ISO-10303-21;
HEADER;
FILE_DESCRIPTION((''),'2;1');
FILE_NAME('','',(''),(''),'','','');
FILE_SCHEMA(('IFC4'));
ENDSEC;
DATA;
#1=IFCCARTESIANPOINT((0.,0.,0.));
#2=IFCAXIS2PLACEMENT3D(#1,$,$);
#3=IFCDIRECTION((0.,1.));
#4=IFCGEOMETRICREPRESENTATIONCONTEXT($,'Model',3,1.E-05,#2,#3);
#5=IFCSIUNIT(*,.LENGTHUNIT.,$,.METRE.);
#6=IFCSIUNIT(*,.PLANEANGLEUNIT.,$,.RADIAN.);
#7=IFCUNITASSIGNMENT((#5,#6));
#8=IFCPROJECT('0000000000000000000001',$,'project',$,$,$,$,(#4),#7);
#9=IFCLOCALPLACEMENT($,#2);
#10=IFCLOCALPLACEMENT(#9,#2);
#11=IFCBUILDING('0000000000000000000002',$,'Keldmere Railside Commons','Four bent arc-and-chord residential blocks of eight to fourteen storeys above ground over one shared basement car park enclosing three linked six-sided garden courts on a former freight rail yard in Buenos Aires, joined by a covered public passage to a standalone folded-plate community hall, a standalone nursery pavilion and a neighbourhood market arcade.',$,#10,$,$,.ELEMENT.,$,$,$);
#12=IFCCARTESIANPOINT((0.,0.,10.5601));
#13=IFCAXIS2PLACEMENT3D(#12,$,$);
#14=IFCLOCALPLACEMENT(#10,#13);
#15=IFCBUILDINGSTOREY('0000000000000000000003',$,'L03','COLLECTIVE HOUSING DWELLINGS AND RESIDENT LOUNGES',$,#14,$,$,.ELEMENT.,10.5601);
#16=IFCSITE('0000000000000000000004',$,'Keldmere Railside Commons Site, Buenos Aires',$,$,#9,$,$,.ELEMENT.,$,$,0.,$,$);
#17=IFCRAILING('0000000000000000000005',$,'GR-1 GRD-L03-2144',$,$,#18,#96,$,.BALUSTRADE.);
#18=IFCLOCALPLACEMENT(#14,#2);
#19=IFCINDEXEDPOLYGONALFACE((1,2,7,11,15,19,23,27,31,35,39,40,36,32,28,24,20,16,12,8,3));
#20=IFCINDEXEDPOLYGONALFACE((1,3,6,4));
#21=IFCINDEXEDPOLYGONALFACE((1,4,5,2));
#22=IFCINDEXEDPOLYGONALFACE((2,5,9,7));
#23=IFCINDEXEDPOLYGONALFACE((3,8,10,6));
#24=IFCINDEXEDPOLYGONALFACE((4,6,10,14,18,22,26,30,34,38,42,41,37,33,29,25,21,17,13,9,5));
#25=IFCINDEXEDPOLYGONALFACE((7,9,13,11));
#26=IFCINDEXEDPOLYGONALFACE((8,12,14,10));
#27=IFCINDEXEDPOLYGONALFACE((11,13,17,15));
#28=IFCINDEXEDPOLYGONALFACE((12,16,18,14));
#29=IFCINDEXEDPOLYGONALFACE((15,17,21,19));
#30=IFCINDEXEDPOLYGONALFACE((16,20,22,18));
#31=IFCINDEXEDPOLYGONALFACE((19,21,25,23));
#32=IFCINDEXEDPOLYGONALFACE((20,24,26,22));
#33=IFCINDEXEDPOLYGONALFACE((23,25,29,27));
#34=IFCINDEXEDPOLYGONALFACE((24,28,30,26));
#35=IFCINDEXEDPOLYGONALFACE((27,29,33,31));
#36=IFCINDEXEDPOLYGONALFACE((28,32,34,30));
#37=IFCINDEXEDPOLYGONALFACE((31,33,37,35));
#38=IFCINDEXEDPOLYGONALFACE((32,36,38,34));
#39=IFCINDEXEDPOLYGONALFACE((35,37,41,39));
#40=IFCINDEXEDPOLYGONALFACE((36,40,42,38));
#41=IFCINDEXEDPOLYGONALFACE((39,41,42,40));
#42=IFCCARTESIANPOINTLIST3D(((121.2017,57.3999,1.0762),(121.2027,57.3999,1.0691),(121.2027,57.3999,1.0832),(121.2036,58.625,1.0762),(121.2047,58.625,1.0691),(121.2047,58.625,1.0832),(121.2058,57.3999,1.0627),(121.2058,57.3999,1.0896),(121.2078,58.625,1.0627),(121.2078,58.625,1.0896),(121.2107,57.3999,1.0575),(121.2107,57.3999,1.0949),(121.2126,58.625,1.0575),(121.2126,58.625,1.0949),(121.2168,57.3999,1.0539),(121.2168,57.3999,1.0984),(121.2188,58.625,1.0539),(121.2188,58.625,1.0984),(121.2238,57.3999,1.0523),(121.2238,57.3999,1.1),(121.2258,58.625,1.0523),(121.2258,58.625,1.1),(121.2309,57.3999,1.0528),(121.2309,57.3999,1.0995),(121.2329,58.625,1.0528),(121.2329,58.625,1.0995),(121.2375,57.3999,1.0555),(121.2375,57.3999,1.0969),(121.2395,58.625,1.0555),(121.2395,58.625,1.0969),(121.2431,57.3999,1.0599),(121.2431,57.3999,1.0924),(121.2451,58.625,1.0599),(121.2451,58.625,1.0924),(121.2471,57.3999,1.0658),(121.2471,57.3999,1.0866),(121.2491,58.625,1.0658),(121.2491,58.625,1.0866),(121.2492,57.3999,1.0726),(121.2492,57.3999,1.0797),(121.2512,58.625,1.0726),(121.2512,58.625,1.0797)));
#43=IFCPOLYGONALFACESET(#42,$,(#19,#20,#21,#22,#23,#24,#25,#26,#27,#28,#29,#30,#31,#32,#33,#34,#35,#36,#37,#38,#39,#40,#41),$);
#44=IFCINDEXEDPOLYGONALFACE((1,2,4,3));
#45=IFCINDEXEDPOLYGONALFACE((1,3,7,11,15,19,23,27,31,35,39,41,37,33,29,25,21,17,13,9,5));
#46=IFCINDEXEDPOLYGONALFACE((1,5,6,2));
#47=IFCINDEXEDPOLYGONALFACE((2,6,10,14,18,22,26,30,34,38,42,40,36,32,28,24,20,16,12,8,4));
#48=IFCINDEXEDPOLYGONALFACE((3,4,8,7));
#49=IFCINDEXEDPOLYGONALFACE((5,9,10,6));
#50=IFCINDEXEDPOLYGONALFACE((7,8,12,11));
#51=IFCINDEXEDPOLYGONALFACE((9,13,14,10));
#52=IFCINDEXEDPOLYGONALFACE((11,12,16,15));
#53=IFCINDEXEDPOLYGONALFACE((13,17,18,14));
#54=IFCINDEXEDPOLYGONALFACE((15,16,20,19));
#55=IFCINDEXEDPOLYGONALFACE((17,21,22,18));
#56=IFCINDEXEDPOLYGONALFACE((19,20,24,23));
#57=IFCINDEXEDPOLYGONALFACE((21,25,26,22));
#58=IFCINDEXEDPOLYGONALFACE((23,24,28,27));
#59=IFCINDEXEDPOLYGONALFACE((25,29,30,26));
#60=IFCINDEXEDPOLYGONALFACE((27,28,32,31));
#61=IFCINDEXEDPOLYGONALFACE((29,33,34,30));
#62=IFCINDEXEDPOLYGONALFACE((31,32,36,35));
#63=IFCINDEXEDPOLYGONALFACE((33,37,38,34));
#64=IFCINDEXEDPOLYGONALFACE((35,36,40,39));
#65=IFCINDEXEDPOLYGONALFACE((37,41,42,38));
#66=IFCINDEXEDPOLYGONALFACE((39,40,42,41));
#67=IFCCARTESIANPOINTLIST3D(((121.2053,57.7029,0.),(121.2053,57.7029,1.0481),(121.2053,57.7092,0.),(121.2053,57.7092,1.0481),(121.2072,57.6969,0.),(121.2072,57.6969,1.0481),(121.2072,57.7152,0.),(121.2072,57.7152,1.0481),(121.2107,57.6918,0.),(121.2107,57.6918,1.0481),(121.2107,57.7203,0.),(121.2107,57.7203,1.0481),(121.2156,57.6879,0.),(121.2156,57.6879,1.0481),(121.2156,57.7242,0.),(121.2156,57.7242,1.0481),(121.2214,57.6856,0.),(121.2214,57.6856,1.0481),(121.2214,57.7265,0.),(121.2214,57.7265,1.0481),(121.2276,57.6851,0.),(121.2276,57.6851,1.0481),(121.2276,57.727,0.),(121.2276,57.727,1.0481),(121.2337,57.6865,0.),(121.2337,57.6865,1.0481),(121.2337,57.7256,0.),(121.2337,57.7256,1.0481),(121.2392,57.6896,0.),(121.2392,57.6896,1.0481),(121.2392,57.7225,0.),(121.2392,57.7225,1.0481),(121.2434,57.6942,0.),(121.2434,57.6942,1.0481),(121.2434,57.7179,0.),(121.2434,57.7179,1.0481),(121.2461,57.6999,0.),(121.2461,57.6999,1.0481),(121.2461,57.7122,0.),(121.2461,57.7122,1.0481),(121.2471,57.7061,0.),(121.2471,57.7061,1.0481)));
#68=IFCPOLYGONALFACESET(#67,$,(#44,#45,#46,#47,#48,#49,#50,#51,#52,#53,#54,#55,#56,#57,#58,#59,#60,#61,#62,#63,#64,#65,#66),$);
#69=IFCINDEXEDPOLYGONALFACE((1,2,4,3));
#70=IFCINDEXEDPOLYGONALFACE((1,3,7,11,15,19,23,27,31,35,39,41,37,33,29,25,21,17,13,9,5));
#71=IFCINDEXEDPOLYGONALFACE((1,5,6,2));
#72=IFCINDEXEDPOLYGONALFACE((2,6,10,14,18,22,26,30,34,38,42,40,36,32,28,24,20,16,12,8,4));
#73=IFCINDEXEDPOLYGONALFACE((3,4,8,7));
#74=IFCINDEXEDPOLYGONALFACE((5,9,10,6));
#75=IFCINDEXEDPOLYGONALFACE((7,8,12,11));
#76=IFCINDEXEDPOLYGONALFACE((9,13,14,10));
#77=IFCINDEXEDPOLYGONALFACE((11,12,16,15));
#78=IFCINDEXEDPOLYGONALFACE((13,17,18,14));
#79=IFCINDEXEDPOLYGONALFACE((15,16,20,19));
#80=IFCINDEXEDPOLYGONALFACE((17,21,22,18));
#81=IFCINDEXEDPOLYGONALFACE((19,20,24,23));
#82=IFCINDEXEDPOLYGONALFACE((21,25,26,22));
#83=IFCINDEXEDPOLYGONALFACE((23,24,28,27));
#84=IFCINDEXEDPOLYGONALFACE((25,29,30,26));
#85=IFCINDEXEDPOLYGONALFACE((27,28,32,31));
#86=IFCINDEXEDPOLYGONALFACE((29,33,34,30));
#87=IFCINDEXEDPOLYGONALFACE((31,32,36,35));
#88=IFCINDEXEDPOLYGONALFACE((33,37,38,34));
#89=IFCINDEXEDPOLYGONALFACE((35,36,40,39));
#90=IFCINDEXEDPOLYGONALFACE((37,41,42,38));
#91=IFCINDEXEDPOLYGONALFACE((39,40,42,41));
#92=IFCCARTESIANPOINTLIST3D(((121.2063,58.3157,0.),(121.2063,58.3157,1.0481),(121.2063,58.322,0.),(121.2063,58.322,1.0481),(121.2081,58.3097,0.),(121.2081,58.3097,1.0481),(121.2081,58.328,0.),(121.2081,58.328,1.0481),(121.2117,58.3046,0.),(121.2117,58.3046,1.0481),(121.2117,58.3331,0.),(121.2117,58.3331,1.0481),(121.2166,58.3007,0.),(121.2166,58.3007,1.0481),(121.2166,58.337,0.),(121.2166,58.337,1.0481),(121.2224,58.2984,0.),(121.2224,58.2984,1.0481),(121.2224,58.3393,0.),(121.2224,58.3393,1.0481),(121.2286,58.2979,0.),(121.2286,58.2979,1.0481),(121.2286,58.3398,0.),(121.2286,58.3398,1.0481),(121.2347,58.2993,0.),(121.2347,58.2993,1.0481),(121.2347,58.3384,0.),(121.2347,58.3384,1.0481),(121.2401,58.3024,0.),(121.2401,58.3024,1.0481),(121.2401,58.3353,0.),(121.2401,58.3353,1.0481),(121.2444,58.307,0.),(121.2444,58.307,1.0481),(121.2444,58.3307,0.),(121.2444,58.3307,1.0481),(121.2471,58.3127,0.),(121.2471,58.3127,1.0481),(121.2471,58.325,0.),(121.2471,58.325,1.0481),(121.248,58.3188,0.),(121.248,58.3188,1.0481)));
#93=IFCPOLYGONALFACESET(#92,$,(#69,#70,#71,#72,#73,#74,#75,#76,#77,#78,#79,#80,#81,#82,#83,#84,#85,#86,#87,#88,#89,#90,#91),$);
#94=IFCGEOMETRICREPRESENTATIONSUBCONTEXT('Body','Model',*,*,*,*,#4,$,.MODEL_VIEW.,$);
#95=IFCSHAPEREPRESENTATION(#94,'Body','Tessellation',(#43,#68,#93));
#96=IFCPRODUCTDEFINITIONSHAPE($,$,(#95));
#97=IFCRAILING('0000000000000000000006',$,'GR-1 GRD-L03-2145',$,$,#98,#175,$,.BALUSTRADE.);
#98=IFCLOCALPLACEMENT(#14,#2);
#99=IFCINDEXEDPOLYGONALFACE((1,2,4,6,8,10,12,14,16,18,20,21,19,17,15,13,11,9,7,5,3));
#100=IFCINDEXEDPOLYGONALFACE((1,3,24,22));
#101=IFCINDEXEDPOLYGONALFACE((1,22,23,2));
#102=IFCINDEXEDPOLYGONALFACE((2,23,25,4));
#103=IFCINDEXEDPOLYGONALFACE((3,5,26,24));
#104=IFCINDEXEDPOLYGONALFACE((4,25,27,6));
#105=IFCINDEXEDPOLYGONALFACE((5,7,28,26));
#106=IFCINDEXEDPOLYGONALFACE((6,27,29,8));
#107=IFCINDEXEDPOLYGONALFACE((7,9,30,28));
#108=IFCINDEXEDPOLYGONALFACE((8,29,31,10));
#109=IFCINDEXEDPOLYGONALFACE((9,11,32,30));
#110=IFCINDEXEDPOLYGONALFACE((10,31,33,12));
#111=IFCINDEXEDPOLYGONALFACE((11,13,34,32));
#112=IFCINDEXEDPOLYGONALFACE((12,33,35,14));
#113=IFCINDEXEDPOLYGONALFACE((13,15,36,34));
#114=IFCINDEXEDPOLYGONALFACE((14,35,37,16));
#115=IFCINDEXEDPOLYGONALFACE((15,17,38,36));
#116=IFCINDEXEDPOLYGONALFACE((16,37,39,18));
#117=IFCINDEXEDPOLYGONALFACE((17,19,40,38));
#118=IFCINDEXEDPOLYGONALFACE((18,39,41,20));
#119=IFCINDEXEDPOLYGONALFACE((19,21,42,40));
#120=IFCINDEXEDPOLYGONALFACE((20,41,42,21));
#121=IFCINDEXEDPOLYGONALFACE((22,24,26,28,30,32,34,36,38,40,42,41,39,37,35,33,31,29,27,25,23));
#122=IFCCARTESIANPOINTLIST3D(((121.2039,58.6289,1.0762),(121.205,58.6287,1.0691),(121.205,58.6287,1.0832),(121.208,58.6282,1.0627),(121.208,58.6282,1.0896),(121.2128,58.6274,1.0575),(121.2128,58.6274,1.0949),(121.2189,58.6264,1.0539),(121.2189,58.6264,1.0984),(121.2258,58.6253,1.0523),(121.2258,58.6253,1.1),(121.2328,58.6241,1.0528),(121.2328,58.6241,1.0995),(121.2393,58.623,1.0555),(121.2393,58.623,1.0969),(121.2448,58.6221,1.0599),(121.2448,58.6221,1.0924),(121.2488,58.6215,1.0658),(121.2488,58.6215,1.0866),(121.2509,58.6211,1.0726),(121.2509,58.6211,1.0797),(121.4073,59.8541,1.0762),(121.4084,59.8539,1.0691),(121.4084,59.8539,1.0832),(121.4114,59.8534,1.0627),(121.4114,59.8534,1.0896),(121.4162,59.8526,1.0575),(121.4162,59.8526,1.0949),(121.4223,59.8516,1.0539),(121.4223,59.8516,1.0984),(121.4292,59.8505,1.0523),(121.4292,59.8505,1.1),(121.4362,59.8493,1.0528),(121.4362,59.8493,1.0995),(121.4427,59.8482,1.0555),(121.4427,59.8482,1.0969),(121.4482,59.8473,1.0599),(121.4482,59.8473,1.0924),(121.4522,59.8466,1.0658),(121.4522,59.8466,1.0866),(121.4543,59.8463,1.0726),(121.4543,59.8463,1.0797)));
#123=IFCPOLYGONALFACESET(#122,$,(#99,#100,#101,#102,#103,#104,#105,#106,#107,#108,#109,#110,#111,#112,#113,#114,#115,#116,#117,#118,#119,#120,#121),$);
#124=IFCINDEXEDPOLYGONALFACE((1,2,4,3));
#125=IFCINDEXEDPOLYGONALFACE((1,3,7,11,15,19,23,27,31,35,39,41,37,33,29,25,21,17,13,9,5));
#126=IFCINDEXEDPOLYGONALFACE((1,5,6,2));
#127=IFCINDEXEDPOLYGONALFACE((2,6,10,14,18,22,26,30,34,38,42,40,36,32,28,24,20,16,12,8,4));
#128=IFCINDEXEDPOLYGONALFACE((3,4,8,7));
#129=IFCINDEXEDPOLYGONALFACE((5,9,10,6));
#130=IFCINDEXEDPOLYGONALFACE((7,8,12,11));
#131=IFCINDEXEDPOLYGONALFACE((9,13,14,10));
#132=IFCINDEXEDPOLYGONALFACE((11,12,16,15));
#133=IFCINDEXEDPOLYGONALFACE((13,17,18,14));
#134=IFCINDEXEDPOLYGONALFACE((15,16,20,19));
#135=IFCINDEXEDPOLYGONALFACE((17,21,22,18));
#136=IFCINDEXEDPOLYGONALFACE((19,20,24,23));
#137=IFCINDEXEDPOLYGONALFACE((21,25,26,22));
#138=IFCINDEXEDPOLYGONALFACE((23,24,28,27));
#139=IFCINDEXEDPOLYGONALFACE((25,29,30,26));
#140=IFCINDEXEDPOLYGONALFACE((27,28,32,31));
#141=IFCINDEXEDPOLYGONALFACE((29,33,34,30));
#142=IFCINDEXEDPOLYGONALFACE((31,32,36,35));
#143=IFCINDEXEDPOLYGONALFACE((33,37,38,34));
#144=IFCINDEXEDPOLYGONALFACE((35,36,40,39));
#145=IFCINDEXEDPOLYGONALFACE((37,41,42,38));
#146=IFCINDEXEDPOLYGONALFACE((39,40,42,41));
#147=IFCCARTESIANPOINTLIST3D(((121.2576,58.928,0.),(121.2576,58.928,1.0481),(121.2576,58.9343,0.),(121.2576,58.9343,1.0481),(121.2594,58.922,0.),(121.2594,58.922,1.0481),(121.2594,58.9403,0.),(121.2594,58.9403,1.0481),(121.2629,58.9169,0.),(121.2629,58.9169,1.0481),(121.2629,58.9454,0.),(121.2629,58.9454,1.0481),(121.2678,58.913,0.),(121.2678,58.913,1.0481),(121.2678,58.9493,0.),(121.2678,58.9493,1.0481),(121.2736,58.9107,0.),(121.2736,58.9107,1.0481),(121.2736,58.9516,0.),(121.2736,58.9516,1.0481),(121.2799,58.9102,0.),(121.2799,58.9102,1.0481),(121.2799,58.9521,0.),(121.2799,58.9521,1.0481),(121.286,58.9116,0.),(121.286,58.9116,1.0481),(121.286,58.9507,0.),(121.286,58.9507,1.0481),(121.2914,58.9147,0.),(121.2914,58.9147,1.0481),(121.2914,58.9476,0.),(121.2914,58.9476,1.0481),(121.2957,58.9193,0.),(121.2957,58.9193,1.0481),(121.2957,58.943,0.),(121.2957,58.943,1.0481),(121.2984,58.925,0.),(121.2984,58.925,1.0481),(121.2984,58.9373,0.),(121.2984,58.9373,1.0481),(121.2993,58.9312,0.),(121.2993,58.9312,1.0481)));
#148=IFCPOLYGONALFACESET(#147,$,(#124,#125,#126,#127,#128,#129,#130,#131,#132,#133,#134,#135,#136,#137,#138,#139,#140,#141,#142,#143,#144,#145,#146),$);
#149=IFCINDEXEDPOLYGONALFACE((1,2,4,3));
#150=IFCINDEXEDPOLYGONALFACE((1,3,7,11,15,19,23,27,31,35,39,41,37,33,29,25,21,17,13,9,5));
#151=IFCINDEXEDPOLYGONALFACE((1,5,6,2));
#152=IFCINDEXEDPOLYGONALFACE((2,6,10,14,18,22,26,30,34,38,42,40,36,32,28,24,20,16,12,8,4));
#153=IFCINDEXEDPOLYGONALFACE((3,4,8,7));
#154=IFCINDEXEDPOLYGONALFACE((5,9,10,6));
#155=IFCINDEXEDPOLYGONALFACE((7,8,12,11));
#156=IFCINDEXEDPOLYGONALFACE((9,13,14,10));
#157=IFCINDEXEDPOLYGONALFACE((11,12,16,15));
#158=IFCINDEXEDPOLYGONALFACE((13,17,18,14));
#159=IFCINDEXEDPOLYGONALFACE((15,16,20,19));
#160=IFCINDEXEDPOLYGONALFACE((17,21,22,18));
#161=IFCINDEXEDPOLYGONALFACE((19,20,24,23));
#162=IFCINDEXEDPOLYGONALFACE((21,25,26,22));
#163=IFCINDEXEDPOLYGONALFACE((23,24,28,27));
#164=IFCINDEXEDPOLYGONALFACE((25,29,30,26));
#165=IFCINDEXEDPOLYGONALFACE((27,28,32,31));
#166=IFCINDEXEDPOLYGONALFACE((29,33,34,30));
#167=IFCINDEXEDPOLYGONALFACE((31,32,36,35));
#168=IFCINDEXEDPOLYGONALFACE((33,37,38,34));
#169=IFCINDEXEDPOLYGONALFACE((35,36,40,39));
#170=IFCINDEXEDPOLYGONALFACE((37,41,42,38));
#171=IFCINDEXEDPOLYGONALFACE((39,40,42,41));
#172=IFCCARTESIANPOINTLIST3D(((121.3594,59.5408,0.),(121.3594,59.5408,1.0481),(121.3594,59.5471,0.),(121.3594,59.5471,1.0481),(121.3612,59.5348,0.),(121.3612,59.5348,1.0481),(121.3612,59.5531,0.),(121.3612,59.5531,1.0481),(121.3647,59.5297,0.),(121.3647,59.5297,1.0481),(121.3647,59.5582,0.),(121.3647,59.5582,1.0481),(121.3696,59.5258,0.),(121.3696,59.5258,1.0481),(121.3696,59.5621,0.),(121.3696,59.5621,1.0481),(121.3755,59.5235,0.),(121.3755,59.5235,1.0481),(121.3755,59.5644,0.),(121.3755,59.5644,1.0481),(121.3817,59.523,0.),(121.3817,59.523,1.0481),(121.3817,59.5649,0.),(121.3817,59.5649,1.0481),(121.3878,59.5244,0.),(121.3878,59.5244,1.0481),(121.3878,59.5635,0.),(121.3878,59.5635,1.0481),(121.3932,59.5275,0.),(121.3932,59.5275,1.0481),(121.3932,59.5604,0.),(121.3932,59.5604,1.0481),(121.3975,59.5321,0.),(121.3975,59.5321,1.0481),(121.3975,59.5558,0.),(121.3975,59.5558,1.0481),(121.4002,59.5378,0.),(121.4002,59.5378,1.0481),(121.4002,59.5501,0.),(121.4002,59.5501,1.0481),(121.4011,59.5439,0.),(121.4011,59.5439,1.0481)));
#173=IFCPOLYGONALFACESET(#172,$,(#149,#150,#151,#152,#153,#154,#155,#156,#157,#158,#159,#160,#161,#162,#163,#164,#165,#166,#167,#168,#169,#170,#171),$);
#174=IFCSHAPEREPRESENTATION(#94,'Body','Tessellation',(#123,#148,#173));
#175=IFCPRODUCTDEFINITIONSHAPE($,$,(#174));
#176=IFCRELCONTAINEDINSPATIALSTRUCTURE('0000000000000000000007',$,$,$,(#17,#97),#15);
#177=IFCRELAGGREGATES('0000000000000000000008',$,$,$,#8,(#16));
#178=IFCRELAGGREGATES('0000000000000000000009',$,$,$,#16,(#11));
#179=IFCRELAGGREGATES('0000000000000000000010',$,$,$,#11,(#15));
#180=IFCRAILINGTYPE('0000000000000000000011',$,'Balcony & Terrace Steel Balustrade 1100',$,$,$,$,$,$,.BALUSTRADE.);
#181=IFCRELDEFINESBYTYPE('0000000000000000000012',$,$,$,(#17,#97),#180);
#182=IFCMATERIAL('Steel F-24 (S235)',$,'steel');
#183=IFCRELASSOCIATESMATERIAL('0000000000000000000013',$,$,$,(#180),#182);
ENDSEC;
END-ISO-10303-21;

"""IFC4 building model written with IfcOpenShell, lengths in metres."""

from ifc_helpers import new_model, si_unit, direction, frame, origin, origin_2d, place, context, subcontext, project, spatial, circle, extrude, material, type_object, element, save


model = new_model("IFC4")

# Units and contexts
model_context = context("Model", 3, precision=1e-05, world=origin(), true_north=direction((0.0, 1.0)))
body_context = subcontext(model_context, "Body", "Model", "MODEL_VIEW")
ifc_project = project(units=[si_unit("LENGTHUNIT", "METRE"), si_unit("PLANEANGLEUNIT", "RADIAN")], contexts=[model_context])

# Site, building, storey
site_placement = place(None, origin())
site = spatial("IfcSite", under=ifc_project, at=site_placement, Name="Keldmere Railside Commons Site, Buenos Aires", CompositionType="ELEMENT", RefElevation=0.0)
building_placement = place(site_placement, origin())
building = spatial("IfcBuilding", under=site, at=building_placement, Name="Keldmere Railside Commons", Description="Four bent arc-and-chord residential blocks of eight to fourteen storeys above ground over one shared basement car park enclosing three linked six-sided garden courts on a former freight rail yard in Buenos Aires, joined by a covered public passage to a standalone folded-plate community hall, a standalone nursery pavilion and a neighbourhood market arcade.", CompositionType="ELEMENT")
storey_placement = place(building_placement, frame((0.0, 0.0, 10.5601)))
storey = spatial("IfcBuildingStorey", under=building, at=storey_placement, Name="L03", Description="COLLECTIVE HOUSING DWELLINGS AND RESIDENT LOUNGES", CompositionType="ELEMENT", Elevation=10.5601)

# Railings
ifc_material_1 = material(Name="Steel F-24 (S235)", Category="steel")
railing_type = type_object("IfcRailingType", Name="Balcony & Terrace Steel Balustrade 1100", PredefinedType="BALUSTRADE", material=ifc_material_1)
railing_1_placement = place(storey_placement, frame((121.2256, 57.3999, 0.0)))
element("IfcRailing", 1, at=railing_1_placement, inside=storey, type_object=railing_type, Name="GR-1 GRD-L03-2144", PredefinedType="BALUSTRADE", context=body_context, shape_type="SweptSolid", body=[
    extrude(circle(Radius=0.0239, at=origin_2d()), frame((0.0, 0.0, 1.0762), z_axis=(0.001594, 0.999999, 0.0), x_axis=(-0.999999, 0.001594, 0.0)), (0.0, 0.0, 1.0), 1.2251),
    extrude(circle(Radius=0.021, at=origin_2d()), frame((0.0005, 0.3062, 0.0)), (0.0, 0.0, 1.0), 1.0481),
    extrude(circle(Radius=0.021, at=origin_2d()), frame((0.0015, 0.9189, 0.0)), (0.0, 0.0, 1.0), 1.0481),
])
railing_2_placement = place(storey_placement, frame((121.2275, 58.625, 0.0)))
element("IfcRailing", 2, at=railing_2_placement, inside=storey, type_object=railing_type, Name="GR-1 GRD-L03-2145", PredefinedType="BALUSTRADE", context=body_context, shape_type="SweptSolid", body=[
    extrude(circle(Radius=0.0239, at=origin_2d()), frame((0.0, 0.0, 1.0762), z_axis=(0.163761, 0.9865, 0.0), x_axis=(-0.9865, 0.163761, 0.0)), (0.0, 0.0, 1.0), 1.2419),
    extrude(circle(Radius=0.021, at=origin_2d()), frame((0.0508, 0.3062, 0.0)), (0.0, 0.0, 1.0), 1.0481),
    extrude(circle(Radius=0.021, at=origin_2d()), frame((0.1526, 0.9189, 0.0)), (0.0, 0.0, 1.0), 1.0481),
])

save(model, "model.ifc")
